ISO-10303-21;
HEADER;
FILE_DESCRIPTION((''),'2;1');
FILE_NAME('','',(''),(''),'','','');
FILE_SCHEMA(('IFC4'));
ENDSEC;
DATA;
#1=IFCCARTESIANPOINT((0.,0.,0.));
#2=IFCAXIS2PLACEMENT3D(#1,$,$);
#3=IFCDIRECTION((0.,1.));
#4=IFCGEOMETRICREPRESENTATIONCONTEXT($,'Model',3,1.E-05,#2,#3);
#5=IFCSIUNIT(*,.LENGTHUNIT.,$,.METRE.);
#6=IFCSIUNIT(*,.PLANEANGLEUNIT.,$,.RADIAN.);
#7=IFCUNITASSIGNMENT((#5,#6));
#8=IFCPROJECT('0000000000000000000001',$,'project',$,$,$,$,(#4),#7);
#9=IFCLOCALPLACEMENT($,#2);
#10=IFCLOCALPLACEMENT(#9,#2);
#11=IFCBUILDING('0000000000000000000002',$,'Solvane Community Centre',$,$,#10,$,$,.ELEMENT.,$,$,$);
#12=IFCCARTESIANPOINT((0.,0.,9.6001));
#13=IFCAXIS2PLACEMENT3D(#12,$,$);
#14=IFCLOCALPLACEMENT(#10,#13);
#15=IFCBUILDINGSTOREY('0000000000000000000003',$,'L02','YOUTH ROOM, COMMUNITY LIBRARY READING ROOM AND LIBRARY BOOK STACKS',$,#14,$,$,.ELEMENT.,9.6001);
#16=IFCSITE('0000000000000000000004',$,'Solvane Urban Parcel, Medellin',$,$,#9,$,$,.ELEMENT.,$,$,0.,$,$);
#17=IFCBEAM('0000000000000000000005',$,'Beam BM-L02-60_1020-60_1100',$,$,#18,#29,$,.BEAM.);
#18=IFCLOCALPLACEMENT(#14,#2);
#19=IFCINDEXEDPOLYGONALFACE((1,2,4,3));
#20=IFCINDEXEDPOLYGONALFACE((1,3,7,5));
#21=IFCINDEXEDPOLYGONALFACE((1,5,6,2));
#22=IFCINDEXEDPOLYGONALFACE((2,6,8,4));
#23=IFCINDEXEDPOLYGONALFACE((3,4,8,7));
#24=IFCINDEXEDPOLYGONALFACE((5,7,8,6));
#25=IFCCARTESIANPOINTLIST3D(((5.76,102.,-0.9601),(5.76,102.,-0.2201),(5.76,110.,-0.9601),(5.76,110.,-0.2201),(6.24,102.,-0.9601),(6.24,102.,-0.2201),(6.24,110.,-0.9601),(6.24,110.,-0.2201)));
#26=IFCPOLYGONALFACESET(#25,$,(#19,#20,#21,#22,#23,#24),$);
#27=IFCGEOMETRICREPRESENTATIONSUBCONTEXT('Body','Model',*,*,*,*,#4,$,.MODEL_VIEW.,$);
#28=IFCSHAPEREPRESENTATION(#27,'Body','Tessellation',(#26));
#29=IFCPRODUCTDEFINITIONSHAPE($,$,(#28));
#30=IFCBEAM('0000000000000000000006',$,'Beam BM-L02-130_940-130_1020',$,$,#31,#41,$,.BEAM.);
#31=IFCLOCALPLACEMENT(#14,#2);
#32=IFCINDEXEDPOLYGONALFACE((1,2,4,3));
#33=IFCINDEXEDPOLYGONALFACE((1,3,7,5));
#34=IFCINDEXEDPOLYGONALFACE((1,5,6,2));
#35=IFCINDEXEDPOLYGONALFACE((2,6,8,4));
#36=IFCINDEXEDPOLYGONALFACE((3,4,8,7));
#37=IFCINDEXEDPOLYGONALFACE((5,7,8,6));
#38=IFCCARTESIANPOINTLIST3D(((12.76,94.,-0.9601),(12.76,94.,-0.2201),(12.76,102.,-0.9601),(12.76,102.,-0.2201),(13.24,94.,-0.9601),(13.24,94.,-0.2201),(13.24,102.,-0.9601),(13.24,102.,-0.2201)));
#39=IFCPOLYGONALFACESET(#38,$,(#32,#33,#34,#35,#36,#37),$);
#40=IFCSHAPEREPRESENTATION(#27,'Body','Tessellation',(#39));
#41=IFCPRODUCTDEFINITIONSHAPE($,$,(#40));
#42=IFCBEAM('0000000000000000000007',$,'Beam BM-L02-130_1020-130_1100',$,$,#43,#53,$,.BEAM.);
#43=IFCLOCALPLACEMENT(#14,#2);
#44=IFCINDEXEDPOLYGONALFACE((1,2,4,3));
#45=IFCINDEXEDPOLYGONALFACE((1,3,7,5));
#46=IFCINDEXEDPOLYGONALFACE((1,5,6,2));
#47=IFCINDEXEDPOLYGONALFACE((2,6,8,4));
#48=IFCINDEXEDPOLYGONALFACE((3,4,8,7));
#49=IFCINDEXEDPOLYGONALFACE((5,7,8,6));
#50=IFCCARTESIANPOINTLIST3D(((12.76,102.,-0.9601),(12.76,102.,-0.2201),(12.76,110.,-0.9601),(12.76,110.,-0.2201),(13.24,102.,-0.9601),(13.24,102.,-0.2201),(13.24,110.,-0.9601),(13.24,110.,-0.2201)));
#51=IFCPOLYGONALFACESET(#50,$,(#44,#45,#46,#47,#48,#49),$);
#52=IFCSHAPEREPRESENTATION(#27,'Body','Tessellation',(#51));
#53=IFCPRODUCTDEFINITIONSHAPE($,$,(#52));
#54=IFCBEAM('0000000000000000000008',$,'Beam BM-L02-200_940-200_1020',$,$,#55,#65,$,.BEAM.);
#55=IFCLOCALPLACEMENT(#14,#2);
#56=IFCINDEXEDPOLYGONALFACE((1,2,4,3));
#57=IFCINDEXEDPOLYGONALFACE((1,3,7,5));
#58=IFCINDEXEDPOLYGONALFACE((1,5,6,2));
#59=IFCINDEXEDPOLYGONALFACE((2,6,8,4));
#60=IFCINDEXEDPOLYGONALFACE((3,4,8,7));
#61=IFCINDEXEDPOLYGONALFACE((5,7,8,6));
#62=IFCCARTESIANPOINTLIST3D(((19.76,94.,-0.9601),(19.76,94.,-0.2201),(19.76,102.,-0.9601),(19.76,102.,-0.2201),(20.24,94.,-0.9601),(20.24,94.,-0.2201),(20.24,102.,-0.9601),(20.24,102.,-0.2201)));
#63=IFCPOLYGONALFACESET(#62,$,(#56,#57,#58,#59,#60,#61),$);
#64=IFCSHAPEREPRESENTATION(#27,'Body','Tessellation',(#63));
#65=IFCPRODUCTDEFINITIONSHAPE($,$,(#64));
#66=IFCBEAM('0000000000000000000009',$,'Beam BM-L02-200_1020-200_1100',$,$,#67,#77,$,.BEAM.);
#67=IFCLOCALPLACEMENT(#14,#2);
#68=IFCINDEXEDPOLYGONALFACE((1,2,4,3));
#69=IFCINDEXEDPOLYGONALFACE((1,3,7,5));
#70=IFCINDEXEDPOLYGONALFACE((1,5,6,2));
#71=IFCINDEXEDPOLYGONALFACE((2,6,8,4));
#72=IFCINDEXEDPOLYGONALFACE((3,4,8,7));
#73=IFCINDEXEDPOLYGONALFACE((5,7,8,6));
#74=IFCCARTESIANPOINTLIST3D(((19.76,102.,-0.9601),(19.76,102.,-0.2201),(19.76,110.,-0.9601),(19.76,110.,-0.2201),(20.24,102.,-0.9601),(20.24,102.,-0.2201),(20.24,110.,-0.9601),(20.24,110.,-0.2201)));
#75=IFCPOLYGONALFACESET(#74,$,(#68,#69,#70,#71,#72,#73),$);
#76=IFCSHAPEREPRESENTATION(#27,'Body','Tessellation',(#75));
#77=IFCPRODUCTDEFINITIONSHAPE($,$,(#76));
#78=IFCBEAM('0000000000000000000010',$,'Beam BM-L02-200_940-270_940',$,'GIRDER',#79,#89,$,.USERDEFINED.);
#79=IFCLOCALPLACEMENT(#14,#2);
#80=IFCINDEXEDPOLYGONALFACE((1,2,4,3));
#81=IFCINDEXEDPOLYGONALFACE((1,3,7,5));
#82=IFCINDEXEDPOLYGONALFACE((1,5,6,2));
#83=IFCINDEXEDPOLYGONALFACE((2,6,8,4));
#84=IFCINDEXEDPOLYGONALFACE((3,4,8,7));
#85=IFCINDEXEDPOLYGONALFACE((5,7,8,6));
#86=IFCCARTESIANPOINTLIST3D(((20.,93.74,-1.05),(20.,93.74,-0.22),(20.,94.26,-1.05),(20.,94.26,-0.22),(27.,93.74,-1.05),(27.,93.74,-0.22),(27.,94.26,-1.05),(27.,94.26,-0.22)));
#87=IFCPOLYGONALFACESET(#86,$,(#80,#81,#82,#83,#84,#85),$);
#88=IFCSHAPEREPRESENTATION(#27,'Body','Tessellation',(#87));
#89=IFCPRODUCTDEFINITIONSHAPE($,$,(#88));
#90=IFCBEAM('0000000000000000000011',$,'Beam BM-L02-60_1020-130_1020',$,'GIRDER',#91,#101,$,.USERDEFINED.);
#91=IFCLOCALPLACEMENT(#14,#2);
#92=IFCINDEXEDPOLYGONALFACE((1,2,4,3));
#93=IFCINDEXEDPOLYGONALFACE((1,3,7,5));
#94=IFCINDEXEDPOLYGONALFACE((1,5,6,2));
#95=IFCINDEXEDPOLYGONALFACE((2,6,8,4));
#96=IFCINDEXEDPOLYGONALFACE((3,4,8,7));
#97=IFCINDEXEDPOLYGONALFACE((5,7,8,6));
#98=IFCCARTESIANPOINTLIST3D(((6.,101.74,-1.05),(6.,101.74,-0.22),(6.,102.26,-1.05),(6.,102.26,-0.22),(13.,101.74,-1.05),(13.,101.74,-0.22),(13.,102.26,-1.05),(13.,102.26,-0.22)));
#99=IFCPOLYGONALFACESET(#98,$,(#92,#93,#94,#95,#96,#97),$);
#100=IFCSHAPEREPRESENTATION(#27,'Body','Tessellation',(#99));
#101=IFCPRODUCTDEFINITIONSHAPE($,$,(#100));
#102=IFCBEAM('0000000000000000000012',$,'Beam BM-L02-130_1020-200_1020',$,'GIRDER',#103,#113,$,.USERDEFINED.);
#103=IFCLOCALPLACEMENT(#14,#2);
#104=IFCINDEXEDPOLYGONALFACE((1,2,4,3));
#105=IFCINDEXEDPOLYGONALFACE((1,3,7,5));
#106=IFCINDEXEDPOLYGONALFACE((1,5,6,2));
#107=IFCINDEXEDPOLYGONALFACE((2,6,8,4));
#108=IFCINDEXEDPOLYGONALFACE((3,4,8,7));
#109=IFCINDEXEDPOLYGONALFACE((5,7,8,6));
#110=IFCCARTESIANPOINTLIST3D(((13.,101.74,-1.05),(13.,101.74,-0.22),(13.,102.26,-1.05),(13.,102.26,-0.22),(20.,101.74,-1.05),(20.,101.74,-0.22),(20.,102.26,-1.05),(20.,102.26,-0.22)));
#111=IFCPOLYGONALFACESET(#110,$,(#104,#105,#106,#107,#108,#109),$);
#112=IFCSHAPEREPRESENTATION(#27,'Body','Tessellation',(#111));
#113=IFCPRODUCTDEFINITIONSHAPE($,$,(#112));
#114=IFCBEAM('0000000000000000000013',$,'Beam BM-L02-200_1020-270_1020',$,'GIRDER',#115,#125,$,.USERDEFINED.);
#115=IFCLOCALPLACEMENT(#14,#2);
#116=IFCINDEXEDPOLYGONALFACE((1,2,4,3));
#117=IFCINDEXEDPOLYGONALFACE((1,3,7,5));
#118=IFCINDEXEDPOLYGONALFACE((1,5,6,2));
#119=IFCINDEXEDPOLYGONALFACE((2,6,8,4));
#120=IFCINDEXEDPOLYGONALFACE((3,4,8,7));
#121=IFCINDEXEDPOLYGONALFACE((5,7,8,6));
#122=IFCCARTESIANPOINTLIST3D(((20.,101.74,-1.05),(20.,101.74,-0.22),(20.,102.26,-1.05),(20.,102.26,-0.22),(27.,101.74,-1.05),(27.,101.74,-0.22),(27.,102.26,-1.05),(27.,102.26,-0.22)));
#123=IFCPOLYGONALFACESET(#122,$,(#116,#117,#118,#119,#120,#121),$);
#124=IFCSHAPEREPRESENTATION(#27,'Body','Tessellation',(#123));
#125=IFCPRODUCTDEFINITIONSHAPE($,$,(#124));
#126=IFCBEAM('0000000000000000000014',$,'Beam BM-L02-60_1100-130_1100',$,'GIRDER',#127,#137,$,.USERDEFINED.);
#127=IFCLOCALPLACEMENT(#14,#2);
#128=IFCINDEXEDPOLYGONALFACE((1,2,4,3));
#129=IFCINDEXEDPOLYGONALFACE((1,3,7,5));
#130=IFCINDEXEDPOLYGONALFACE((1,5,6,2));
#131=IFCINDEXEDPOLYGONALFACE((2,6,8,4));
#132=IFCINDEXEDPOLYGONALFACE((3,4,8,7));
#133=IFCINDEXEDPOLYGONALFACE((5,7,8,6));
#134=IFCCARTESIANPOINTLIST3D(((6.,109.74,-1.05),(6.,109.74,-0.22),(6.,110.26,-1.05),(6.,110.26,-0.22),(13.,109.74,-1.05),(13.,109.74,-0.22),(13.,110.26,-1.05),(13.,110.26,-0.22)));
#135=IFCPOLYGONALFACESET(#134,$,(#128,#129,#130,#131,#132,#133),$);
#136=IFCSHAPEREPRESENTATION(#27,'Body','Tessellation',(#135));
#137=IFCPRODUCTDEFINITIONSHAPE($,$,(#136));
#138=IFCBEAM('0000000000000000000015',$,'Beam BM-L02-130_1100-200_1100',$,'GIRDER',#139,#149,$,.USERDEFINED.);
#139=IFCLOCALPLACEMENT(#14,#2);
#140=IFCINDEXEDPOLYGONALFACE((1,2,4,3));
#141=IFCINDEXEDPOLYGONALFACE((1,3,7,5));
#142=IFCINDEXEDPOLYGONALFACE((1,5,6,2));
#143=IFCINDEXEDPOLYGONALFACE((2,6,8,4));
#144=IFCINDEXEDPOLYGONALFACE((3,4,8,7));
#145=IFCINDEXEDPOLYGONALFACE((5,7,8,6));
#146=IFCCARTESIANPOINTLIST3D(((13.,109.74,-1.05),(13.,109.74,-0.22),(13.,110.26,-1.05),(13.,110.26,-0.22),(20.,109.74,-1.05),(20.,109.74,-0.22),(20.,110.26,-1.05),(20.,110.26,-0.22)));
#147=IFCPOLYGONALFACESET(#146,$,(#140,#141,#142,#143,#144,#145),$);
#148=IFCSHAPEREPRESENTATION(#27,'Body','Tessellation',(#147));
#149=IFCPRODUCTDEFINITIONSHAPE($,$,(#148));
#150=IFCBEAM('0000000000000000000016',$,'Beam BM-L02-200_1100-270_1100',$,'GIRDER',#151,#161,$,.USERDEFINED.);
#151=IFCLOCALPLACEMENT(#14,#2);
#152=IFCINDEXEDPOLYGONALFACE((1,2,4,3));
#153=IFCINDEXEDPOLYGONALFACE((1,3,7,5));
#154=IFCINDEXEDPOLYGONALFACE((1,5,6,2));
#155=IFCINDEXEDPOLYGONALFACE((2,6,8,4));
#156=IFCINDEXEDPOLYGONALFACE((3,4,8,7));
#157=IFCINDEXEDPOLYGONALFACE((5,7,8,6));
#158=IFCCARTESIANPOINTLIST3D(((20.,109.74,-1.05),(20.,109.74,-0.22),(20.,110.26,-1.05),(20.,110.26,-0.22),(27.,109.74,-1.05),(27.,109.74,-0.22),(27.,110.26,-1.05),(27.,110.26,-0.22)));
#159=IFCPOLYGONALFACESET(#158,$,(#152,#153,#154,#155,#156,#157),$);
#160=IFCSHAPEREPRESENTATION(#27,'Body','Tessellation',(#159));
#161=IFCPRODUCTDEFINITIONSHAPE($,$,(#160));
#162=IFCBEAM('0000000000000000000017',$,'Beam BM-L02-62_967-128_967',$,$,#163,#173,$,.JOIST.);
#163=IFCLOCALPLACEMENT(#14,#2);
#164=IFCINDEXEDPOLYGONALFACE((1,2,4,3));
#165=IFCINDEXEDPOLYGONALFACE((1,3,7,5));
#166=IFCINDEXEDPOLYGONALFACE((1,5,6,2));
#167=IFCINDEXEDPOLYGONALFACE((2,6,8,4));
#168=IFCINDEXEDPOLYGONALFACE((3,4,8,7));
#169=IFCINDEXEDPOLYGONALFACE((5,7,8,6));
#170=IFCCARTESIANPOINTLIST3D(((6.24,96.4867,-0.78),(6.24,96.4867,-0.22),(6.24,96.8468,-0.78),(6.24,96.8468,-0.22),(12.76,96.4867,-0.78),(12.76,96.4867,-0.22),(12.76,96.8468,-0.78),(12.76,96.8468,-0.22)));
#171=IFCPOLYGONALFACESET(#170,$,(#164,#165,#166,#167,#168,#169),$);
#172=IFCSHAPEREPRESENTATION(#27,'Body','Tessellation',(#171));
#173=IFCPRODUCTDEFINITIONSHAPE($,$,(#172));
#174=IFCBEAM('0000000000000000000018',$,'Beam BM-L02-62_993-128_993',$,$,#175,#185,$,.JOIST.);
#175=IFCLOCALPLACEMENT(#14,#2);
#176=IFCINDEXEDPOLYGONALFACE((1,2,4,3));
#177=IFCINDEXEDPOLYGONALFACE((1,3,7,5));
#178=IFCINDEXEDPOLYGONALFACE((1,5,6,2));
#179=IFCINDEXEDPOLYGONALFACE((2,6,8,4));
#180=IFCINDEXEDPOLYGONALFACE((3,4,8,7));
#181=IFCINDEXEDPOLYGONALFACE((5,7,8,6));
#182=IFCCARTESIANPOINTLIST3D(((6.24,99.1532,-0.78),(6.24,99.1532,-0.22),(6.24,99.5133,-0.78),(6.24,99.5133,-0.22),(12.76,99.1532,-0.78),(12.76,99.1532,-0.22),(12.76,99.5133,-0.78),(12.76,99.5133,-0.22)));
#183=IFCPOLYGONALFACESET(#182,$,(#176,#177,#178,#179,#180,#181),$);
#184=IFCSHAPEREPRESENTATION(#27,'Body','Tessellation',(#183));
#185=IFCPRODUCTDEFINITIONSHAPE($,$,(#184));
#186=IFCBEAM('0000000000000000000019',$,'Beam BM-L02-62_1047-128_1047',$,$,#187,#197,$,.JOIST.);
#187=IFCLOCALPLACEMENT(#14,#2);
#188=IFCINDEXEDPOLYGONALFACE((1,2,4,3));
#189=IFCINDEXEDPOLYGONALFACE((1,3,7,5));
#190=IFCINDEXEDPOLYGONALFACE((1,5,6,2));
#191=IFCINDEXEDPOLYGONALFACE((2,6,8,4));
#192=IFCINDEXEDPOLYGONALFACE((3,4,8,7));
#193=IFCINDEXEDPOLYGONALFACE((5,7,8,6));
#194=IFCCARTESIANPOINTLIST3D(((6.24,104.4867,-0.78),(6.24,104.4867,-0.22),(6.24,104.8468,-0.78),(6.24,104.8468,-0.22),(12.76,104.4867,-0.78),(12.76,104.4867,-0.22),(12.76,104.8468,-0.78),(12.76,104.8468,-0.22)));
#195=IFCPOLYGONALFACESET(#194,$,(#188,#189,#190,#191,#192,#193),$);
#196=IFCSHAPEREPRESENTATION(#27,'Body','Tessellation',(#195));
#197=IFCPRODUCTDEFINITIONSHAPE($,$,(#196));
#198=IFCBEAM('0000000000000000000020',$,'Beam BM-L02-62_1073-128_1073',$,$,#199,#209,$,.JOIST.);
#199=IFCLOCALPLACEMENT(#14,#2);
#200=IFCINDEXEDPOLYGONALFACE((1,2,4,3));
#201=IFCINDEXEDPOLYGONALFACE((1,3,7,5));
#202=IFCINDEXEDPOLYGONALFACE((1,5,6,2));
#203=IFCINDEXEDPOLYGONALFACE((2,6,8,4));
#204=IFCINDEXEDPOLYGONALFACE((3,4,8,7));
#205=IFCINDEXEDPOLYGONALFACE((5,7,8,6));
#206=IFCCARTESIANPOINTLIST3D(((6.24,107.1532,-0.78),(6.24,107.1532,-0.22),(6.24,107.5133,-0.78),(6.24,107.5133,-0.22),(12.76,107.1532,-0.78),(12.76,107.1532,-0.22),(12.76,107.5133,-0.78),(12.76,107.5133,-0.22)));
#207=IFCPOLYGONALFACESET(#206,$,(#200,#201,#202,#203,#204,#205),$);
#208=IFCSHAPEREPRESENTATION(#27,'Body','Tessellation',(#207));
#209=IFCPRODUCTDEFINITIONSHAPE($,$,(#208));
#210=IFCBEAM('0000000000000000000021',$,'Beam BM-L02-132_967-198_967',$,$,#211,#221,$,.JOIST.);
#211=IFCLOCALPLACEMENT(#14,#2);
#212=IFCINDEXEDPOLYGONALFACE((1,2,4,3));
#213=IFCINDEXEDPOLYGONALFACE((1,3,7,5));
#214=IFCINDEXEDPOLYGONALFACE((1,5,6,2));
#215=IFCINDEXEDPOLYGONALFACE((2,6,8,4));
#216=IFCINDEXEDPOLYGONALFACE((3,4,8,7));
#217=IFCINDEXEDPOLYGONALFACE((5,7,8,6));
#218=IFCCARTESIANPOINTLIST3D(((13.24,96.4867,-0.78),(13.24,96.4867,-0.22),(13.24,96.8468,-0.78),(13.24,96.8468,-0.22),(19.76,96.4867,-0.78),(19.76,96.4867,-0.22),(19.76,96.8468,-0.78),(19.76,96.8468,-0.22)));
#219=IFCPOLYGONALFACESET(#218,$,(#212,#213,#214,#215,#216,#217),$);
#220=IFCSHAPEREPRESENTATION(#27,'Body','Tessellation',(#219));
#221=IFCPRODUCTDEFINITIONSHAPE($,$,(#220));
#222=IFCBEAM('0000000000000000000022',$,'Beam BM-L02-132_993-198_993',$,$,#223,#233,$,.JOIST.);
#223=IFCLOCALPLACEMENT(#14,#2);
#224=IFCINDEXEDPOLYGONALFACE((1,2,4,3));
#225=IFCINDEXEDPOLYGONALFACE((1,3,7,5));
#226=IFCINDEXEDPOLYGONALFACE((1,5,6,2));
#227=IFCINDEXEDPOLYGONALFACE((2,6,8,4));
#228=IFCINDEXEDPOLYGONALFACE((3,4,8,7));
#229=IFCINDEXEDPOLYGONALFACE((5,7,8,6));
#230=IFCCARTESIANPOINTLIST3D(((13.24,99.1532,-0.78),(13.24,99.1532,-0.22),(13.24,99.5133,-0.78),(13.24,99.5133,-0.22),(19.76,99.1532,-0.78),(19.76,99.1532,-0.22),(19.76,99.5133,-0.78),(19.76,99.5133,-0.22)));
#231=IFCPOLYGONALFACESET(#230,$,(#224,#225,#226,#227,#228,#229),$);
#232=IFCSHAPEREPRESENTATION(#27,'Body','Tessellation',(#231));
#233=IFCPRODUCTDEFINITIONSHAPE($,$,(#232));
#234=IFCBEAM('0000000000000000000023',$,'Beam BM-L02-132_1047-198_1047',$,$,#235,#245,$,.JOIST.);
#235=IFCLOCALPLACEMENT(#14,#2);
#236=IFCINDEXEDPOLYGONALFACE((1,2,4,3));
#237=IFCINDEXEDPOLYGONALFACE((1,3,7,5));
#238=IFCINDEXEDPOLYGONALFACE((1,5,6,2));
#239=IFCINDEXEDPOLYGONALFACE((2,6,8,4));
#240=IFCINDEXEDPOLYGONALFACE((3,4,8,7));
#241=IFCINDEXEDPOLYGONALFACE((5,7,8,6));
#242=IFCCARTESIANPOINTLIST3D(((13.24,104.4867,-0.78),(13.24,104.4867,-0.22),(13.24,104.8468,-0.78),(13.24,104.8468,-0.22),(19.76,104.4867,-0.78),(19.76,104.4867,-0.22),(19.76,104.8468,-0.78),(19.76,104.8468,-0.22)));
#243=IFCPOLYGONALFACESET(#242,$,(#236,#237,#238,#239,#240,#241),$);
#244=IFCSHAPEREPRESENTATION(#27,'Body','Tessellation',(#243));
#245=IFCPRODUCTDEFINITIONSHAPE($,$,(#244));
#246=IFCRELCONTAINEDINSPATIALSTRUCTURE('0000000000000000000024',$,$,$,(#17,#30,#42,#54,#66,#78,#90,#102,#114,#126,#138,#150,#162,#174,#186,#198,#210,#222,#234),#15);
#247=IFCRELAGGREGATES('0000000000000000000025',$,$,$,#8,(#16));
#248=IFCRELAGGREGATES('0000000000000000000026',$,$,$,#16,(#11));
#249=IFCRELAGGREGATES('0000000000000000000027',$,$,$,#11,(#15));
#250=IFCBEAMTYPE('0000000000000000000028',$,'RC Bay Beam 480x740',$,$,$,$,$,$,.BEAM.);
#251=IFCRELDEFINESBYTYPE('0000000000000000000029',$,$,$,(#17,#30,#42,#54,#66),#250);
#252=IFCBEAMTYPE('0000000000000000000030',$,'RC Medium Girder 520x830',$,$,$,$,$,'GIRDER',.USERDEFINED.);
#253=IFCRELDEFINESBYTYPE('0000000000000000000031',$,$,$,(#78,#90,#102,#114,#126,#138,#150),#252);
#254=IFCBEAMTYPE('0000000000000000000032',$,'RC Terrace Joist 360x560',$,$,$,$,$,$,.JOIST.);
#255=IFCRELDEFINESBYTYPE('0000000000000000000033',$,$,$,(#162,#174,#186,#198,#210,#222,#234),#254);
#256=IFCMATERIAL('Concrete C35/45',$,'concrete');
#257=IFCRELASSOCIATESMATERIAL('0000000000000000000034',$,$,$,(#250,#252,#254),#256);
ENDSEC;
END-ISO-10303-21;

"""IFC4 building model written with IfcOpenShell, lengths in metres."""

from ifc_helpers import new_model, si_unit, direction, frame, origin, origin_2d, place, context, subcontext, project, spatial, rectangle, extrude, material, material_profile, profile_set, type_object, element, save


model = new_model("IFC4")

# Units and contexts
model_context = context("Model", 3, precision=1e-05, world=origin(), true_north=direction((0.0, 1.0)))
body_context = subcontext(model_context, "Body", "Model", "MODEL_VIEW")
ifc_project = project(units=[si_unit("LENGTHUNIT", "METRE"), si_unit("PLANEANGLEUNIT", "RADIAN")], contexts=[model_context])

# Site, building, storey
site_placement = place(None, origin())
site = spatial("IfcSite", under=ifc_project, at=site_placement, Name="Solvane Urban Parcel, Medellin", CompositionType="ELEMENT", RefElevation=0.0)
building_placement = place(site_placement, origin())
building = spatial("IfcBuilding", under=site, at=building_placement, Name="Solvane Community Centre", CompositionType="ELEMENT")
storey_placement = place(building_placement, frame((0.0, 0.0, 9.6001)))
storey = spatial("IfcBuildingStorey", under=building, at=storey_placement, Name="L02", Description="YOUTH ROOM, COMMUNITY LIBRARY READING ROOM AND LIBRARY BOOK STACKS", CompositionType="ELEMENT", Elevation=9.6001)

# Beams
ifc_material = material(Name="Concrete C35/45", Category="concrete")
ifc_material_profile_1 = material_profile(ifc_material, rectangle(XDim=0.48, YDim=0.74, at=origin_2d()), Name="RC 480x740")
ifc_profile_set_1 = profile_set([ifc_material_profile_1], Name="Concrete C35/45")
beam_type_1 = type_object("IfcBeamType", Name="RC Bay Beam 480x740", PredefinedType="BEAM", material=ifc_profile_set_1)
for number, where, z_axis, x_axis, name in (
    (1, (6.0, 102.0, -0.5901), (0.0, 1.0, 0.0), (-1.0, 0.0, 0.0), "Beam BM-L02-60_1020-60_1100"),
    (2, (13.0, 94.0, -0.5901), (0.0, 1.0, 0.0), (-1.0, 0.0, 0.0), "Beam BM-L02-130_940-130_1020"),
    (3, (13.0, 102.0, -0.5901), (0.0, 1.0, 0.0), (-1.0, 0.0, 0.0), "Beam BM-L02-130_1020-130_1100"),
    (4, (20.0, 94.0, -0.5901), (0.0, 1.0, 0.0), (-1.0, 0.0, 0.0), "Beam BM-L02-200_940-200_1020"),
    (5, (20.0, 102.0, -0.5901), (0.0, 1.0, 0.0), (-1.0, 0.0, 0.0), "Beam BM-L02-200_1020-200_1100"),
):
    element("IfcBeam", number, at=place(storey_placement, frame(where, z_axis=z_axis, x_axis=x_axis)), inside=storey, type_object=beam_type_1, Name=name, PredefinedType="BEAM", context=body_context, shape_type="SweptSolid", body=[
        extrude(rectangle(XDim=0.48, YDim=0.74, at=origin_2d()), origin(), (0.0, 0.0, 1.0), 8.0),
    ])
ifc_material_profile_2 = material_profile(ifc_material, rectangle(XDim=0.52, YDim=0.8301, at=origin_2d()), Name="RC 520x830")
ifc_profile_set_2 = profile_set([ifc_material_profile_2], Name="Concrete C35/45")
beam_type_2 = type_object("IfcBeamType", Name="RC Medium Girder 520x830", ElementType="GIRDER", PredefinedType="USERDEFINED", material=ifc_profile_set_2)
for number, where, z_axis, x_axis, name in (
    (6, (20.0, 94.0, -0.635), (1.0, 0.0, 0.0), (0.0, 1.0, 0.0), "Beam BM-L02-200_940-270_940"),
    (7, (6.0, 102.0, -0.635), (1.0, 0.0, 0.0), (0.0, 1.0, 0.0), "Beam BM-L02-60_1020-130_1020"),
    (8, (13.0, 102.0, -0.635), (1.0, 0.0, 0.0), (0.0, 1.0, 0.0), "Beam BM-L02-130_1020-200_1020"),
    (9, (20.0, 102.0, -0.635), (1.0, 0.0, 0.0), (0.0, 1.0, 0.0), "Beam BM-L02-200_1020-270_1020"),
    (10, (6.0, 110.0, -0.635), (1.0, 0.0, 0.0), (0.0, 1.0, 0.0), "Beam BM-L02-60_1100-130_1100"),
    (11, (13.0, 110.0, -0.635), (1.0, 0.0, 0.0), (0.0, 1.0, 0.0), "Beam BM-L02-130_1100-200_1100"),
    (12, (20.0, 110.0, -0.635), (1.0, 0.0, 0.0), (0.0, 1.0, 0.0), "Beam BM-L02-200_1100-270_1100"),
):
    element("IfcBeam", number, at=place(storey_placement, frame(where, z_axis=z_axis, x_axis=x_axis)), inside=storey, type_object=beam_type_2, Name=name, ObjectType="GIRDER", PredefinedType="USERDEFINED", context=body_context, shape_type="SweptSolid", body=[
        extrude(rectangle(XDim=0.52, YDim=0.8301, at=origin_2d()), origin(), (0.0, 0.0, 1.0), 7.0),
    ])
ifc_material_profile_3 = material_profile(ifc_material, rectangle(XDim=0.3601, YDim=0.5601, at=origin_2d()), Name="RC 360x560")
ifc_profile_set_3 = profile_set([ifc_material_profile_3], Name="Concrete C35/45")
beam_type_3 = type_object("IfcBeamType", Name="RC Terrace Joist 360x560", PredefinedType="JOIST", material=ifc_profile_set_3)
for number, where, z_axis, x_axis, name in (
    (13, (6.24, 96.6667, -0.5), (1.0, 0.0, 0.0), (0.0, 1.0, 0.0), "Beam BM-L02-62_967-128_967"),
    (14, (6.24, 99.3333, -0.5), (1.0, 0.0, 0.0), (0.0, 1.0, 0.0), "Beam BM-L02-62_993-128_993"),
    (15, (6.24, 104.6667, -0.5), (1.0, 0.0, 0.0), (0.0, 1.0, 0.0), "Beam BM-L02-62_1047-128_1047"),
    (16, (6.24, 107.3333, -0.5), (1.0, 0.0, 0.0), (0.0, 1.0, 0.0), "Beam BM-L02-62_1073-128_1073"),
    (17, (13.24, 96.6667, -0.5), (1.0, 0.0, 0.0), (0.0, 1.0, 0.0), "Beam BM-L02-132_967-198_967"),
    (18, (13.24, 99.3333, -0.5), (1.0, 0.0, 0.0), (0.0, 1.0, 0.0), "Beam BM-L02-132_993-198_993"),
    (19, (13.24, 104.6667, -0.5), (1.0, 0.0, 0.0), (0.0, 1.0, 0.0), "Beam BM-L02-132_1047-198_1047"),
):
    element("IfcBeam", number, at=place(storey_placement, frame(where, z_axis=z_axis, x_axis=x_axis)), inside=storey, type_object=beam_type_3, Name=name, PredefinedType="JOIST", context=body_context, shape_type="SweptSolid", body=[
        extrude(rectangle(XDim=0.3601, YDim=0.5601, at=origin_2d()), origin(), (0.0, 0.0, 1.0), 6.52),
    ])

save(model, "model.ifc")
